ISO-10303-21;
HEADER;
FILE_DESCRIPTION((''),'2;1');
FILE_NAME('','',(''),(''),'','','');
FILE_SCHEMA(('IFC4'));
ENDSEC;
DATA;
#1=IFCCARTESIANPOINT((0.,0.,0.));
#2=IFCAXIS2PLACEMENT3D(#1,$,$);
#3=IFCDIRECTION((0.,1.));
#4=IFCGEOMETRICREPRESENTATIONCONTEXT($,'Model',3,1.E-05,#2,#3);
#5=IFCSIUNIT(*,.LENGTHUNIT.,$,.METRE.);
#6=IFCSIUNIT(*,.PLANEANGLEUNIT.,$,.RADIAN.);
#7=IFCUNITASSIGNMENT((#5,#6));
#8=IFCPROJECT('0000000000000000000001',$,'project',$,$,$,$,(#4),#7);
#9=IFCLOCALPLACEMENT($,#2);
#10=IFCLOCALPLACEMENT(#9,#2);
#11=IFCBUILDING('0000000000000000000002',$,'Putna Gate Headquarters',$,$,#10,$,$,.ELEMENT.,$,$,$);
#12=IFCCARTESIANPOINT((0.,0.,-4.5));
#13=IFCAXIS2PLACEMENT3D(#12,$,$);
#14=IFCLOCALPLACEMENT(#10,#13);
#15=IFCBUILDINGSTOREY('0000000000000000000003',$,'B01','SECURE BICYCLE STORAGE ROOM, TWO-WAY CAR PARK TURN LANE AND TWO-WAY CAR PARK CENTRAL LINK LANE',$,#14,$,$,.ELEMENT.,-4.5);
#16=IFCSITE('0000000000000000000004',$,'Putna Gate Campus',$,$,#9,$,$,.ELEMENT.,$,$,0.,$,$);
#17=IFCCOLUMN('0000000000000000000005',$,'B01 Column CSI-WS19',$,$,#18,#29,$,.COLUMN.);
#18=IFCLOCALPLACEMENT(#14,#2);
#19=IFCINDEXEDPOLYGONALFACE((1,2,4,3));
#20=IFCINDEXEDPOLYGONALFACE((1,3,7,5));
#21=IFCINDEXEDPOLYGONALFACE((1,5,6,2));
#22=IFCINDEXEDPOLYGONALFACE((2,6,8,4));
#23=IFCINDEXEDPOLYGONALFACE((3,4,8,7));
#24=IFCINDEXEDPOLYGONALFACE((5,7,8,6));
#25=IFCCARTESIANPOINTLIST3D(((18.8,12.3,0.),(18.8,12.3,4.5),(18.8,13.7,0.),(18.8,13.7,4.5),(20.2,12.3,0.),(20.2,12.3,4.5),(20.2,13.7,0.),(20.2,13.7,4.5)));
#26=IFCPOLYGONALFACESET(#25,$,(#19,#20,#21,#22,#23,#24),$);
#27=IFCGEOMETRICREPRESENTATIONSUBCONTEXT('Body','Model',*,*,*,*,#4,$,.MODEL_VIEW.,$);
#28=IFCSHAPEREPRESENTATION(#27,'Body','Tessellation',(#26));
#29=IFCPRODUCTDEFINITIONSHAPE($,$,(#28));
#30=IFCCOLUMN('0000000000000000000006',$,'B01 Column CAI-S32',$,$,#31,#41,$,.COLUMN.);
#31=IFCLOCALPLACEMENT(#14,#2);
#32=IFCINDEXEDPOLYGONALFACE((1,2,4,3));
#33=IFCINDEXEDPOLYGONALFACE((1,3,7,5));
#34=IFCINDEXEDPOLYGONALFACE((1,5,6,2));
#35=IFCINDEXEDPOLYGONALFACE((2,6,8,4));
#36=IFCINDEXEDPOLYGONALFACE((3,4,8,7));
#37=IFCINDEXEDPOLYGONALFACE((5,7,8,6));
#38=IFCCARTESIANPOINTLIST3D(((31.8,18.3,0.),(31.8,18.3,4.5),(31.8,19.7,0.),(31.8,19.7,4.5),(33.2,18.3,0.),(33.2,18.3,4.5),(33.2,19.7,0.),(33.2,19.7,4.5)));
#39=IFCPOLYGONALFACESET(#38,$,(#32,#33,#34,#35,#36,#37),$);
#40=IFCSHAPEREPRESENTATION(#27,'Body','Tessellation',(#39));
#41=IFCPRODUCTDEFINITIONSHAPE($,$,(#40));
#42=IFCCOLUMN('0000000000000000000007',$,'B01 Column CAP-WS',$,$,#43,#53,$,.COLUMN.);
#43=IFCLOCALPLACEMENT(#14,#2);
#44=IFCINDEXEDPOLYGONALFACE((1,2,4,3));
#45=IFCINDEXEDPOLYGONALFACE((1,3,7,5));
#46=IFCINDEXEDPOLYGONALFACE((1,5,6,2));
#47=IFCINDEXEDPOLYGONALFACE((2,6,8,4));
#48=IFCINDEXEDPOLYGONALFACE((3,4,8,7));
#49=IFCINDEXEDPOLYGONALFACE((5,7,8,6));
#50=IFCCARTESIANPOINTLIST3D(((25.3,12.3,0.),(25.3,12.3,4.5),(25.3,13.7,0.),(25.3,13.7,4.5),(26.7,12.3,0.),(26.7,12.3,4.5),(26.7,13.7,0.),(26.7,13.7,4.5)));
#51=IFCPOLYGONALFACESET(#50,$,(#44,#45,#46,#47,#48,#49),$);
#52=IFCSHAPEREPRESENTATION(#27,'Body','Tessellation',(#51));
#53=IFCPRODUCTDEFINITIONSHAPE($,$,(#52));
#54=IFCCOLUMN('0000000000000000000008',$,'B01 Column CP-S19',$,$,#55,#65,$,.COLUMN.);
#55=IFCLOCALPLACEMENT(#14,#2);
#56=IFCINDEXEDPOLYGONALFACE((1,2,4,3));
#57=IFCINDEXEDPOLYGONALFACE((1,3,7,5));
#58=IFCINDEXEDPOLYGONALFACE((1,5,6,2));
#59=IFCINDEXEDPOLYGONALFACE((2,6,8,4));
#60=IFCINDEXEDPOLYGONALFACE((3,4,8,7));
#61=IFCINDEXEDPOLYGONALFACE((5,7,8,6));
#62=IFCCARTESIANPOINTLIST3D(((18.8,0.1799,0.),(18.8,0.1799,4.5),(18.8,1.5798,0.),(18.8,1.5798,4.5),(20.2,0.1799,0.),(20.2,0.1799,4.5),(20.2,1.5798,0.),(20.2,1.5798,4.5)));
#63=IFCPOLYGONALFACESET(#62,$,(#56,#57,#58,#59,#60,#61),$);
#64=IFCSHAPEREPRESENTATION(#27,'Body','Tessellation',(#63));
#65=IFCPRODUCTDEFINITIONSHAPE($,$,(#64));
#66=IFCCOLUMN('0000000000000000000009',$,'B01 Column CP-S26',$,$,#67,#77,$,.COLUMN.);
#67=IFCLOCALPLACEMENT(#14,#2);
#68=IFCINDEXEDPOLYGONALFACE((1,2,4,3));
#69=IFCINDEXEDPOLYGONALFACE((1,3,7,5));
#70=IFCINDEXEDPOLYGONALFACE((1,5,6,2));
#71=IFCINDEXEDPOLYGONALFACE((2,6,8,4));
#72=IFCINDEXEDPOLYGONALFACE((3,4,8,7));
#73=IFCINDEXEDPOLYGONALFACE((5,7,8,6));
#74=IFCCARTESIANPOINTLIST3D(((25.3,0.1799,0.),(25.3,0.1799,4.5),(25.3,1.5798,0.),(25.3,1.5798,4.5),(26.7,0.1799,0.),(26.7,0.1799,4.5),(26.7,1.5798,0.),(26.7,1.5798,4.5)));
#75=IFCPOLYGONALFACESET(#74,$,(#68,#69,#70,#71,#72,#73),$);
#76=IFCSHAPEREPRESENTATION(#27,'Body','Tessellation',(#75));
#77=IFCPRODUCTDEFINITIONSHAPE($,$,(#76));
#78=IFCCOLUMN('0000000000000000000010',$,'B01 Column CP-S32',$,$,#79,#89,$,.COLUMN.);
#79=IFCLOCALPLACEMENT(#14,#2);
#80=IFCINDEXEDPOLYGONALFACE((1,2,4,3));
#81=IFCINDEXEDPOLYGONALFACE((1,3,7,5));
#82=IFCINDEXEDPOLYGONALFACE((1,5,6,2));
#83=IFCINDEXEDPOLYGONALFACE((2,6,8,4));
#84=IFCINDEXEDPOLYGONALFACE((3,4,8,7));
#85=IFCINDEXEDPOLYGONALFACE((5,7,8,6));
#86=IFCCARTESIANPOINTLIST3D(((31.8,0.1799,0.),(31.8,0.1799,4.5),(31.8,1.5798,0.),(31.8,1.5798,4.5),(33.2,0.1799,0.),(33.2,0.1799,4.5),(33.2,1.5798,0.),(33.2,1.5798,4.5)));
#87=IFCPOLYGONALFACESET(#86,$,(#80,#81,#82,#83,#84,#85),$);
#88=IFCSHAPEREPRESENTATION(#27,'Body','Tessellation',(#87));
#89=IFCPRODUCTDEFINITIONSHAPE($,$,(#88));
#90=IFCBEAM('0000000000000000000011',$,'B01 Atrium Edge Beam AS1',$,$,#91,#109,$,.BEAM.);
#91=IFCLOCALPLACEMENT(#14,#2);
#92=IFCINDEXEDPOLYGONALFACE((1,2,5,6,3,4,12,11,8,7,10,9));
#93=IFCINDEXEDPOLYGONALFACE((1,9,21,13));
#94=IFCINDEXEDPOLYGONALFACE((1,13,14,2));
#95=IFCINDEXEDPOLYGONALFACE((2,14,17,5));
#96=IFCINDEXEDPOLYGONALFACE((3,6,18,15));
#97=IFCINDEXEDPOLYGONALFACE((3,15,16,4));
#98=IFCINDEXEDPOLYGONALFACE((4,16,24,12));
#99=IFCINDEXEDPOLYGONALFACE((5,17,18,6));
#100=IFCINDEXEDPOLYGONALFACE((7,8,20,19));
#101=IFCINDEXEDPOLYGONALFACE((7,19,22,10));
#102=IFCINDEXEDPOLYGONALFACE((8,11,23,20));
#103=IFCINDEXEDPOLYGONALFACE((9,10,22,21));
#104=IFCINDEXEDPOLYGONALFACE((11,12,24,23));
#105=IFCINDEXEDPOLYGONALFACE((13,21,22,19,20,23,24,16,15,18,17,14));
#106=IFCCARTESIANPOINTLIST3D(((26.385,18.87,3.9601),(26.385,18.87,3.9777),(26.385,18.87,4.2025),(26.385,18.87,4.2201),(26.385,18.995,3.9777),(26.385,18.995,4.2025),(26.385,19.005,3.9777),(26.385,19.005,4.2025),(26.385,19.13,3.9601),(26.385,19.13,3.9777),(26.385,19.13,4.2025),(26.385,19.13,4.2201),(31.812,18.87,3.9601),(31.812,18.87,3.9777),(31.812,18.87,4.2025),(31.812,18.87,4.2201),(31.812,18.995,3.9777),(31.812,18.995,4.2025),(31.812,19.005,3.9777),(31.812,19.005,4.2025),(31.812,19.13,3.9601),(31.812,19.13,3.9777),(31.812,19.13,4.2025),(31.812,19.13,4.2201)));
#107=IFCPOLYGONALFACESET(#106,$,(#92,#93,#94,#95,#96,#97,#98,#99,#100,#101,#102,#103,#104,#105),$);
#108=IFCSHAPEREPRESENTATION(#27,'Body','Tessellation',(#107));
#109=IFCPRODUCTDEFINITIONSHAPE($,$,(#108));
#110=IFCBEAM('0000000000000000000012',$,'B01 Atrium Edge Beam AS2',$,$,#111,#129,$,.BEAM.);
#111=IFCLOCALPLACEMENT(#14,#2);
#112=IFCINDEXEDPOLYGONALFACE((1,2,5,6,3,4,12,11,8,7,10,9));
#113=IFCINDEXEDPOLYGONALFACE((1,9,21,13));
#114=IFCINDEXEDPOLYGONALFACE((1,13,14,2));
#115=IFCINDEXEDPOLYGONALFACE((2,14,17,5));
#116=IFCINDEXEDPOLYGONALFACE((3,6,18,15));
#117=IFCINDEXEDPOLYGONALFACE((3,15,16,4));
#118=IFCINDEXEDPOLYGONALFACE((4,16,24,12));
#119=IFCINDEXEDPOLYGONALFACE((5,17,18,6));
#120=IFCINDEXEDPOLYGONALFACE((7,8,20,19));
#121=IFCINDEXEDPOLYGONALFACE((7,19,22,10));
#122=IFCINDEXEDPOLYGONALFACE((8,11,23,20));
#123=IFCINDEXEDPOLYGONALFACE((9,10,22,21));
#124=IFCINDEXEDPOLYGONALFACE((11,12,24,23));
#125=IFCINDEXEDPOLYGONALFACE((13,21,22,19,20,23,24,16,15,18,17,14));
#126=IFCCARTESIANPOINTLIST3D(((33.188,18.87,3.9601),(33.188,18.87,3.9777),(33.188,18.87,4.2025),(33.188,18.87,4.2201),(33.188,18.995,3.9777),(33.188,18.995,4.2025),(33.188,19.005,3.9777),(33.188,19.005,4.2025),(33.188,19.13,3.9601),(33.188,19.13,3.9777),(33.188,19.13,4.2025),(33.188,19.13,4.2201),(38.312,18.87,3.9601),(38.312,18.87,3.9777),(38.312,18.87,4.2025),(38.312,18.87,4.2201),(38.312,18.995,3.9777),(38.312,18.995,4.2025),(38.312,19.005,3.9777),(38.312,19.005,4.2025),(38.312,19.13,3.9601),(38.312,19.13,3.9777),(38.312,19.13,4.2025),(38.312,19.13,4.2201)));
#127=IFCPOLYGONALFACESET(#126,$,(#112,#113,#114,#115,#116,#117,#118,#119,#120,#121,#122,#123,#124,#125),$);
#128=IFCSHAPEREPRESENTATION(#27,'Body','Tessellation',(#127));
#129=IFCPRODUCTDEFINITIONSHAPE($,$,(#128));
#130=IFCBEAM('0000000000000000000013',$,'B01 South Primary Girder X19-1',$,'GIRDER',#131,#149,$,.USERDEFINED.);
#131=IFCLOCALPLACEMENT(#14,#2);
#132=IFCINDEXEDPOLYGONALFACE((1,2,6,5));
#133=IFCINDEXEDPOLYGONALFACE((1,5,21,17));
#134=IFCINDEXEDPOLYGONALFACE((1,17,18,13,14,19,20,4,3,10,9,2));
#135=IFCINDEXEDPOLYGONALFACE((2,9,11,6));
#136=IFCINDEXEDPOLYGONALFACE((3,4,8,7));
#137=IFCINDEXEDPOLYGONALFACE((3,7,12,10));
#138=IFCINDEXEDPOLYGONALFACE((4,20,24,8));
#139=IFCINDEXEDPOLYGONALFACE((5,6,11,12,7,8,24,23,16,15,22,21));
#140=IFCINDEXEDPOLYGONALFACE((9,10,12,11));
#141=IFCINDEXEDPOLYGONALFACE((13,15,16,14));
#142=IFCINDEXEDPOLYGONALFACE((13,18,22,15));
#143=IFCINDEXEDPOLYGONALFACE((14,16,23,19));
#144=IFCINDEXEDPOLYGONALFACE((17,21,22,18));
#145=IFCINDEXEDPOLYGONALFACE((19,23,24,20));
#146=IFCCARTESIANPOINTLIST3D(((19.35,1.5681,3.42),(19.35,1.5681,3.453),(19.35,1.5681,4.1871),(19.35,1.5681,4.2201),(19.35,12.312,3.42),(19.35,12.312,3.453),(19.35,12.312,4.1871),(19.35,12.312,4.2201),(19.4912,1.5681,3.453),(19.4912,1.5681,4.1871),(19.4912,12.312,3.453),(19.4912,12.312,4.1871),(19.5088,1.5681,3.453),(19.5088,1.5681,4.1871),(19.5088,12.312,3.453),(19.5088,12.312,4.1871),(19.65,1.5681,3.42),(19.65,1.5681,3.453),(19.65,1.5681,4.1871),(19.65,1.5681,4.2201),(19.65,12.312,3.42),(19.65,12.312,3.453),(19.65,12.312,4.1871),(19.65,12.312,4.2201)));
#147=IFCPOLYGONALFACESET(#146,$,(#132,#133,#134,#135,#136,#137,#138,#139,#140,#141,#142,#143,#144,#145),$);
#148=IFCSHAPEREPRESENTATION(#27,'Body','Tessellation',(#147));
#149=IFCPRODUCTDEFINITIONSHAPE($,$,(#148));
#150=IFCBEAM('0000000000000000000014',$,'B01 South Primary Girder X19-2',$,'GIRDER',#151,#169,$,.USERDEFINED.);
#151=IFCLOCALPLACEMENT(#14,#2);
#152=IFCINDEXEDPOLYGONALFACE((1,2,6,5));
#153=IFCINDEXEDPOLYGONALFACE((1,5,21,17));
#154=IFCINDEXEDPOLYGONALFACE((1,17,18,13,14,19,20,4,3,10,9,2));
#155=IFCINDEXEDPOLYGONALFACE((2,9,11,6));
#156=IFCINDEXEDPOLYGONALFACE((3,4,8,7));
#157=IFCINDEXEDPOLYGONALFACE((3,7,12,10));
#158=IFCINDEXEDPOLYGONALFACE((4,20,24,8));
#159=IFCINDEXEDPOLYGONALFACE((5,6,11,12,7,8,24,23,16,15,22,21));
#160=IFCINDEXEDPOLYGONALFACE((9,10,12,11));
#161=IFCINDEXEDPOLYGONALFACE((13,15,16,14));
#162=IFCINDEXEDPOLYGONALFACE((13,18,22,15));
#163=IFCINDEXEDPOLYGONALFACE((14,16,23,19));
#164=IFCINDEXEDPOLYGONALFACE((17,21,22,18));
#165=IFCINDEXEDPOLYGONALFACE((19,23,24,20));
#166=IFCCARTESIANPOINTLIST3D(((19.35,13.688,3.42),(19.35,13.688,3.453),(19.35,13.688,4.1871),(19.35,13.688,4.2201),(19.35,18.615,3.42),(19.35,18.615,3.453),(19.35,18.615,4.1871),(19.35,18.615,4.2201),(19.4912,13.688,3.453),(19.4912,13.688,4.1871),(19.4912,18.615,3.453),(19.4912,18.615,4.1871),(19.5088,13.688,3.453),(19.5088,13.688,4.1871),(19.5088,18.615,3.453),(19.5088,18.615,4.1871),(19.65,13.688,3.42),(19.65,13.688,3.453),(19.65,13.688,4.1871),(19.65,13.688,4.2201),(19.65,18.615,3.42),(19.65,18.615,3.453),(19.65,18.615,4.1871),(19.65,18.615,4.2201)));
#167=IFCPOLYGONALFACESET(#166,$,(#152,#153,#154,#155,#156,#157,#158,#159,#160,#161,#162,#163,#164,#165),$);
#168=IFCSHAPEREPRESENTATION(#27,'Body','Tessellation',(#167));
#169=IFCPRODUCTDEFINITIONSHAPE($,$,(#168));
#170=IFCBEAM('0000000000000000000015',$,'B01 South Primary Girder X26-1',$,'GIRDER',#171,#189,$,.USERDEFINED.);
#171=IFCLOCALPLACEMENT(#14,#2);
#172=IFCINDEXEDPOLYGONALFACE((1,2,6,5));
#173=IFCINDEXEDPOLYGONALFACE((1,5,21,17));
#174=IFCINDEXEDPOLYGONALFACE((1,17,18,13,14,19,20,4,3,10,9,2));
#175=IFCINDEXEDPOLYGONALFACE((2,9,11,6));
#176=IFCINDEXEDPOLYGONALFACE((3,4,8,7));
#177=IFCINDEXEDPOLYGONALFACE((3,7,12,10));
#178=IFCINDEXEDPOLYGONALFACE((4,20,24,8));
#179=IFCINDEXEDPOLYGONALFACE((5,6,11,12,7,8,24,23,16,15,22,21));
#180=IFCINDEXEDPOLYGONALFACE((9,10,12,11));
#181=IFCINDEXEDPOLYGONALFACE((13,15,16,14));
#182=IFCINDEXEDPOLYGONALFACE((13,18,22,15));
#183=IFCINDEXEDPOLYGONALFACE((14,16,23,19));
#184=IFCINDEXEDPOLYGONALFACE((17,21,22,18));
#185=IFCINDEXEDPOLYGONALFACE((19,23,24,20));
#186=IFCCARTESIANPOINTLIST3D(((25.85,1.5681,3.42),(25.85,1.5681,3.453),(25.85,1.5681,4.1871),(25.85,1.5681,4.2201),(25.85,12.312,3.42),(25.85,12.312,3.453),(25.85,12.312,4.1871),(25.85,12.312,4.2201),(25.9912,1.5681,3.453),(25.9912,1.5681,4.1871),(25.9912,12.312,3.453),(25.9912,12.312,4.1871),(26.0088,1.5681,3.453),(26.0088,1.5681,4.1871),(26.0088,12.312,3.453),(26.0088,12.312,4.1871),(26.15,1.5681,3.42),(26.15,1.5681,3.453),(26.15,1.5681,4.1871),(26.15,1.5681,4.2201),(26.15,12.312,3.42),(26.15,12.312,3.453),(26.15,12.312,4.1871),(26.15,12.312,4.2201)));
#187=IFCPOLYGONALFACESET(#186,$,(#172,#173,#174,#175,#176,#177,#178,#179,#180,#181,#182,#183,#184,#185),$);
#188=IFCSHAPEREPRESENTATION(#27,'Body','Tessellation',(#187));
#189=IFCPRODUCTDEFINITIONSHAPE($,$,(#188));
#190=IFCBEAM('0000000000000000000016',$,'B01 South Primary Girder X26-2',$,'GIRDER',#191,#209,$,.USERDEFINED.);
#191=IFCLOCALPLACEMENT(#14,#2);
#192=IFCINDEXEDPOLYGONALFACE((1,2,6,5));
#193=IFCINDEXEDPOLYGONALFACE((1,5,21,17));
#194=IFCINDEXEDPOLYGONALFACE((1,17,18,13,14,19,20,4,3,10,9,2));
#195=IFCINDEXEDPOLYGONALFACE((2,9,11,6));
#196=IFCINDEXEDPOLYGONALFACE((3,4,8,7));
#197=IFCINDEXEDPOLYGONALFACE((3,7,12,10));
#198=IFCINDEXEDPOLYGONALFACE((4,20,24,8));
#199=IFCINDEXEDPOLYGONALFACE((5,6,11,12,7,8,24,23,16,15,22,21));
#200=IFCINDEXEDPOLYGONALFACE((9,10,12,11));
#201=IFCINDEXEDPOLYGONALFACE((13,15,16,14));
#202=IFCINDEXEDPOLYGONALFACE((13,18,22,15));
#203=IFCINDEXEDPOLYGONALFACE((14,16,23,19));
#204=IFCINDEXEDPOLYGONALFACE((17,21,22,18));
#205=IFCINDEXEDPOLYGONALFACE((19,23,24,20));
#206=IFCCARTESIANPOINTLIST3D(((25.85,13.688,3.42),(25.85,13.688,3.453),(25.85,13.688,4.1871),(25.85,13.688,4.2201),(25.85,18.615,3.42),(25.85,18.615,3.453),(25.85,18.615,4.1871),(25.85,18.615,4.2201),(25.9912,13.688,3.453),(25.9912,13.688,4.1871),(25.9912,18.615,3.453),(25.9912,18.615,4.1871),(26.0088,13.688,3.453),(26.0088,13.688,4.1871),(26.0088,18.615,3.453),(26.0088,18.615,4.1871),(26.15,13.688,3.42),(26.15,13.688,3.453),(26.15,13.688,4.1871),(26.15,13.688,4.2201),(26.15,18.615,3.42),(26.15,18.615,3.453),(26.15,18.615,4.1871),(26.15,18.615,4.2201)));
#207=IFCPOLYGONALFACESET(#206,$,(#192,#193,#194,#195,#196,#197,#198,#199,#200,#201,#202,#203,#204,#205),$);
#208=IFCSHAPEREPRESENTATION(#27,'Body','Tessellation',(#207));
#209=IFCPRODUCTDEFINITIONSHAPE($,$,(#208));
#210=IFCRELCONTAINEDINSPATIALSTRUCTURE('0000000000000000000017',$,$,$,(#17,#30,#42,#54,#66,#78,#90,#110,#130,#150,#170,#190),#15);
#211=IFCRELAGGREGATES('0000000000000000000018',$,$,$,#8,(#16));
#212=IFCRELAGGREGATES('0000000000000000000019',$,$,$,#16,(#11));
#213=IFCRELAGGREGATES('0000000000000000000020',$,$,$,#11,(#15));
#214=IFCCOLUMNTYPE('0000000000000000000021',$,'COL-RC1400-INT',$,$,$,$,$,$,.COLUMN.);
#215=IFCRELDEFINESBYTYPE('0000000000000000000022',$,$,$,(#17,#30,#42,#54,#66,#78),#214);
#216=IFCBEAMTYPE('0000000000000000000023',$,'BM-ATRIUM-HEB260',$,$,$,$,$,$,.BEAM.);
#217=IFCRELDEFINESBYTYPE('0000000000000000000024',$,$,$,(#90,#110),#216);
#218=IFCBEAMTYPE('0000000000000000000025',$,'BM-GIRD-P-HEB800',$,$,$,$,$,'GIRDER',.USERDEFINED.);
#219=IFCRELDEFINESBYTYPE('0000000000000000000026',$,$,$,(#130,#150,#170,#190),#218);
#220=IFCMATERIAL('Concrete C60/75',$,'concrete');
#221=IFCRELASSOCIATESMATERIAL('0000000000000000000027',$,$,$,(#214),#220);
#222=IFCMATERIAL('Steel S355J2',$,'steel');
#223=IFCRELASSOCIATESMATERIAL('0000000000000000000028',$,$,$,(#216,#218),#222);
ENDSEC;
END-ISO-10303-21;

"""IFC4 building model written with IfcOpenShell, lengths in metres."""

from ifc_helpers import new_model, si_unit, direction, frame, origin, origin_2d, place, context, subcontext, project, spatial, rectangle, i_section, extrude, material, material_profile, profile_set, type_object, element, save


model = new_model("IFC4")

# Units and contexts
model_context = context("Model", 3, precision=1e-05, world=origin(), true_north=direction((0.0, 1.0)))
body_context = subcontext(model_context, "Body", "Model", "MODEL_VIEW")
ifc_project = project(units=[si_unit("LENGTHUNIT", "METRE"), si_unit("PLANEANGLEUNIT", "RADIAN")], contexts=[model_context])

# Site, building, storey
site_placement = place(None, origin())
site = spatial("IfcSite", under=ifc_project, at=site_placement, Name="Putna Gate Campus", CompositionType="ELEMENT", RefElevation=0.0)
building_placement = place(site_placement, origin())
building = spatial("IfcBuilding", under=site, at=building_placement, Name="Putna Gate Headquarters", CompositionType="ELEMENT")
storey_placement = place(building_placement, frame((0.0, 0.0, -4.5)))
storey = spatial("IfcBuildingStorey", under=building, at=storey_placement, Name="B01", Description="SECURE BICYCLE STORAGE ROOM, TWO-WAY CAR PARK TURN LANE AND TWO-WAY CAR PARK CENTRAL LINK LANE", CompositionType="ELEMENT", Elevation=-4.5)

# Columns
ifc_material_1 = material(Name="Concrete C60/75", Category="concrete")
ifc_material_profile_1 = material_profile(ifc_material_1, rectangle(XDim=1.3999, YDim=1.3999, at=origin_2d()), Name="Concrete C60/75")
ifc_profile_set_1 = profile_set([ifc_material_profile_1], Name="Concrete C60/75")
column_type = type_object("IfcColumnType", Name="COL-RC1400-INT", PredefinedType="COLUMN", material=ifc_profile_set_1)
for number, where, z_axis, x_axis, name in (
    (1, (19.5, 13.0, 0.0), (0.0, 0.0, 1.0), (1.0, 0.0, 0.0), "B01 Column CSI-WS19"),
    (2, (32.5, 19.0, 0.0), (0.0, 0.0, 1.0), (1.0, 0.0, 0.0), "B01 Column CAI-S32"),
    (3, (26.0, 13.0, 0.0), (0.0, 0.0, 1.0), (1.0, 0.0, 0.0), "B01 Column CAP-WS"),
    (4, (19.5, 0.8799, 0.0), (0.0, 0.0, 1.0), (1.0, 0.0, 0.0), "B01 Column CP-S19"),
    (5, (26.0, 0.8799, 0.0), (0.0, 0.0, 1.0), (1.0, 0.0, 0.0), "B01 Column CP-S26"),
    (6, (32.5, 0.8799, 0.0), (0.0, 0.0, 1.0), (1.0, 0.0, 0.0), "B01 Column CP-S32"),
):
    element("IfcColumn", number, at=place(storey_placement, frame(where, z_axis=z_axis, x_axis=x_axis)), inside=storey, type_object=column_type, Name=name, PredefinedType="COLUMN", context=body_context, shape_type="SweptSolid", body=[
        extrude(rectangle(XDim=1.3999, YDim=1.3999, at=origin_2d()), origin(), (0.0, 0.0, 1.0), 4.5),
    ])

# Beams
ifc_material_2 = material(Name="Steel S355J2", Category="steel")
ifc_material_profile_2 = material_profile(ifc_material_2, i_section(OverallWidth=0.26, OverallDepth=0.26, WebThickness=0.01, FlangeThickness=0.0176, at=origin_2d()), Name="Steel S355J2")
ifc_profile_set_2 = profile_set([ifc_material_profile_2], Name="Steel S355J2")
beam_type_1 = type_object("IfcBeamType", Name="BM-ATRIUM-HEB260", PredefinedType="BEAM", material=ifc_profile_set_2)
beam_1_placement = place(storey_placement, frame((26.385, 19.0, 4.0901), z_axis=(1.0, 0.0, 0.0), x_axis=(0.0, 1.0, 0.0)))
element("IfcBeam", 7, at=beam_1_placement, inside=storey, type_object=beam_type_1, Name="B01 Atrium Edge Beam AS1", PredefinedType="BEAM", context=body_context, shape_type="SweptSolid", body=[
    extrude(i_section(OverallWidth=0.26, OverallDepth=0.26, WebThickness=0.01, FlangeThickness=0.0176, at=origin_2d()), origin(), (0.0, 0.0, 1.0), 5.427),
])
beam_2_placement = place(storey_placement, frame((33.188, 19.0, 4.0901), z_axis=(1.0, 0.0, 0.0), x_axis=(0.0, 1.0, 0.0)))
element("IfcBeam", 8, at=beam_2_placement, inside=storey, type_object=beam_type_1, Name="B01 Atrium Edge Beam AS2", PredefinedType="BEAM", context=body_context, shape_type="SweptSolid", body=[
    extrude(i_section(OverallWidth=0.26, OverallDepth=0.26, WebThickness=0.01, FlangeThickness=0.0176, at=origin_2d()), origin(), (0.0, 0.0, 1.0), 5.124),
])
ifc_material_profile_3 = material_profile(ifc_material_2, i_section(OverallWidth=0.3, OverallDepth=0.8, WebThickness=0.0176, FlangeThickness=0.033, at=origin_2d()), Name="Steel S355J2")
ifc_profile_set_3 = profile_set([ifc_material_profile_3], Name="Steel S355J2")
beam_type_2 = type_object("IfcBeamType", Name="BM-GIRD-P-HEB800", ElementType="GIRDER", PredefinedType="USERDEFINED", material=ifc_profile_set_3)
beam_3_placement = place(storey_placement, frame((19.5, 1.5681, 3.8201), z_axis=(0.0, 1.0, 0.0), x_axis=(-1.0, 0.0, 0.0)))
element("IfcBeam", 9, at=beam_3_placement, inside=storey, type_object=beam_type_2, Name="B01 South Primary Girder X19-1", ObjectType="GIRDER", PredefinedType="USERDEFINED", context=body_context, shape_type="SweptSolid", body=[
    extrude(i_section(OverallWidth=0.3, OverallDepth=0.8, WebThickness=0.0176, FlangeThickness=0.033, at=origin_2d()), origin(), (0.0, 0.0, 1.0), 10.7439),
])
beam_4_placement = place(storey_placement, frame((19.5, 13.688, 3.8201), z_axis=(0.0, 1.0, 0.0), x_axis=(-1.0, 0.0, 0.0)))
element("IfcBeam", 10, at=beam_4_placement, inside=storey, type_object=beam_type_2, Name="B01 South Primary Girder X19-2", ObjectType="GIRDER", PredefinedType="USERDEFINED", context=body_context, shape_type="SweptSolid", body=[
    extrude(i_section(OverallWidth=0.3, OverallDepth=0.8, WebThickness=0.0176, FlangeThickness=0.033, at=origin_2d()), origin(), (0.0, 0.0, 1.0), 4.927),
])
beam_5_placement = place(storey_placement, frame((26.0, 1.5681, 3.8201), z_axis=(0.0, 1.0, 0.0), x_axis=(-1.0, 0.0, 0.0)))
element("IfcBeam", 11, at=beam_5_placement, inside=storey, type_object=beam_type_2, Name="B01 South Primary Girder X26-1", ObjectType="GIRDER", PredefinedType="USERDEFINED", context=body_context, shape_type="SweptSolid", body=[
    extrude(i_section(OverallWidth=0.3, OverallDepth=0.8, WebThickness=0.0176, FlangeThickness=0.033, at=origin_2d()), origin(), (0.0, 0.0, 1.0), 10.7439),
])
beam_6_placement = place(storey_placement, frame((26.0, 13.688, 3.8201), z_axis=(0.0, 1.0, 0.0), x_axis=(-1.0, 0.0, 0.0)))
element("IfcBeam", 12, at=beam_6_placement, inside=storey, type_object=beam_type_2, Name="B01 South Primary Girder X26-2", ObjectType="GIRDER", PredefinedType="USERDEFINED", context=body_context, shape_type="SweptSolid", body=[
    extrude(i_section(OverallWidth=0.3, OverallDepth=0.8, WebThickness=0.0176, FlangeThickness=0.033, at=origin_2d()), origin(), (0.0, 0.0, 1.0), 4.927),
])

save(model, "model.ifc")
